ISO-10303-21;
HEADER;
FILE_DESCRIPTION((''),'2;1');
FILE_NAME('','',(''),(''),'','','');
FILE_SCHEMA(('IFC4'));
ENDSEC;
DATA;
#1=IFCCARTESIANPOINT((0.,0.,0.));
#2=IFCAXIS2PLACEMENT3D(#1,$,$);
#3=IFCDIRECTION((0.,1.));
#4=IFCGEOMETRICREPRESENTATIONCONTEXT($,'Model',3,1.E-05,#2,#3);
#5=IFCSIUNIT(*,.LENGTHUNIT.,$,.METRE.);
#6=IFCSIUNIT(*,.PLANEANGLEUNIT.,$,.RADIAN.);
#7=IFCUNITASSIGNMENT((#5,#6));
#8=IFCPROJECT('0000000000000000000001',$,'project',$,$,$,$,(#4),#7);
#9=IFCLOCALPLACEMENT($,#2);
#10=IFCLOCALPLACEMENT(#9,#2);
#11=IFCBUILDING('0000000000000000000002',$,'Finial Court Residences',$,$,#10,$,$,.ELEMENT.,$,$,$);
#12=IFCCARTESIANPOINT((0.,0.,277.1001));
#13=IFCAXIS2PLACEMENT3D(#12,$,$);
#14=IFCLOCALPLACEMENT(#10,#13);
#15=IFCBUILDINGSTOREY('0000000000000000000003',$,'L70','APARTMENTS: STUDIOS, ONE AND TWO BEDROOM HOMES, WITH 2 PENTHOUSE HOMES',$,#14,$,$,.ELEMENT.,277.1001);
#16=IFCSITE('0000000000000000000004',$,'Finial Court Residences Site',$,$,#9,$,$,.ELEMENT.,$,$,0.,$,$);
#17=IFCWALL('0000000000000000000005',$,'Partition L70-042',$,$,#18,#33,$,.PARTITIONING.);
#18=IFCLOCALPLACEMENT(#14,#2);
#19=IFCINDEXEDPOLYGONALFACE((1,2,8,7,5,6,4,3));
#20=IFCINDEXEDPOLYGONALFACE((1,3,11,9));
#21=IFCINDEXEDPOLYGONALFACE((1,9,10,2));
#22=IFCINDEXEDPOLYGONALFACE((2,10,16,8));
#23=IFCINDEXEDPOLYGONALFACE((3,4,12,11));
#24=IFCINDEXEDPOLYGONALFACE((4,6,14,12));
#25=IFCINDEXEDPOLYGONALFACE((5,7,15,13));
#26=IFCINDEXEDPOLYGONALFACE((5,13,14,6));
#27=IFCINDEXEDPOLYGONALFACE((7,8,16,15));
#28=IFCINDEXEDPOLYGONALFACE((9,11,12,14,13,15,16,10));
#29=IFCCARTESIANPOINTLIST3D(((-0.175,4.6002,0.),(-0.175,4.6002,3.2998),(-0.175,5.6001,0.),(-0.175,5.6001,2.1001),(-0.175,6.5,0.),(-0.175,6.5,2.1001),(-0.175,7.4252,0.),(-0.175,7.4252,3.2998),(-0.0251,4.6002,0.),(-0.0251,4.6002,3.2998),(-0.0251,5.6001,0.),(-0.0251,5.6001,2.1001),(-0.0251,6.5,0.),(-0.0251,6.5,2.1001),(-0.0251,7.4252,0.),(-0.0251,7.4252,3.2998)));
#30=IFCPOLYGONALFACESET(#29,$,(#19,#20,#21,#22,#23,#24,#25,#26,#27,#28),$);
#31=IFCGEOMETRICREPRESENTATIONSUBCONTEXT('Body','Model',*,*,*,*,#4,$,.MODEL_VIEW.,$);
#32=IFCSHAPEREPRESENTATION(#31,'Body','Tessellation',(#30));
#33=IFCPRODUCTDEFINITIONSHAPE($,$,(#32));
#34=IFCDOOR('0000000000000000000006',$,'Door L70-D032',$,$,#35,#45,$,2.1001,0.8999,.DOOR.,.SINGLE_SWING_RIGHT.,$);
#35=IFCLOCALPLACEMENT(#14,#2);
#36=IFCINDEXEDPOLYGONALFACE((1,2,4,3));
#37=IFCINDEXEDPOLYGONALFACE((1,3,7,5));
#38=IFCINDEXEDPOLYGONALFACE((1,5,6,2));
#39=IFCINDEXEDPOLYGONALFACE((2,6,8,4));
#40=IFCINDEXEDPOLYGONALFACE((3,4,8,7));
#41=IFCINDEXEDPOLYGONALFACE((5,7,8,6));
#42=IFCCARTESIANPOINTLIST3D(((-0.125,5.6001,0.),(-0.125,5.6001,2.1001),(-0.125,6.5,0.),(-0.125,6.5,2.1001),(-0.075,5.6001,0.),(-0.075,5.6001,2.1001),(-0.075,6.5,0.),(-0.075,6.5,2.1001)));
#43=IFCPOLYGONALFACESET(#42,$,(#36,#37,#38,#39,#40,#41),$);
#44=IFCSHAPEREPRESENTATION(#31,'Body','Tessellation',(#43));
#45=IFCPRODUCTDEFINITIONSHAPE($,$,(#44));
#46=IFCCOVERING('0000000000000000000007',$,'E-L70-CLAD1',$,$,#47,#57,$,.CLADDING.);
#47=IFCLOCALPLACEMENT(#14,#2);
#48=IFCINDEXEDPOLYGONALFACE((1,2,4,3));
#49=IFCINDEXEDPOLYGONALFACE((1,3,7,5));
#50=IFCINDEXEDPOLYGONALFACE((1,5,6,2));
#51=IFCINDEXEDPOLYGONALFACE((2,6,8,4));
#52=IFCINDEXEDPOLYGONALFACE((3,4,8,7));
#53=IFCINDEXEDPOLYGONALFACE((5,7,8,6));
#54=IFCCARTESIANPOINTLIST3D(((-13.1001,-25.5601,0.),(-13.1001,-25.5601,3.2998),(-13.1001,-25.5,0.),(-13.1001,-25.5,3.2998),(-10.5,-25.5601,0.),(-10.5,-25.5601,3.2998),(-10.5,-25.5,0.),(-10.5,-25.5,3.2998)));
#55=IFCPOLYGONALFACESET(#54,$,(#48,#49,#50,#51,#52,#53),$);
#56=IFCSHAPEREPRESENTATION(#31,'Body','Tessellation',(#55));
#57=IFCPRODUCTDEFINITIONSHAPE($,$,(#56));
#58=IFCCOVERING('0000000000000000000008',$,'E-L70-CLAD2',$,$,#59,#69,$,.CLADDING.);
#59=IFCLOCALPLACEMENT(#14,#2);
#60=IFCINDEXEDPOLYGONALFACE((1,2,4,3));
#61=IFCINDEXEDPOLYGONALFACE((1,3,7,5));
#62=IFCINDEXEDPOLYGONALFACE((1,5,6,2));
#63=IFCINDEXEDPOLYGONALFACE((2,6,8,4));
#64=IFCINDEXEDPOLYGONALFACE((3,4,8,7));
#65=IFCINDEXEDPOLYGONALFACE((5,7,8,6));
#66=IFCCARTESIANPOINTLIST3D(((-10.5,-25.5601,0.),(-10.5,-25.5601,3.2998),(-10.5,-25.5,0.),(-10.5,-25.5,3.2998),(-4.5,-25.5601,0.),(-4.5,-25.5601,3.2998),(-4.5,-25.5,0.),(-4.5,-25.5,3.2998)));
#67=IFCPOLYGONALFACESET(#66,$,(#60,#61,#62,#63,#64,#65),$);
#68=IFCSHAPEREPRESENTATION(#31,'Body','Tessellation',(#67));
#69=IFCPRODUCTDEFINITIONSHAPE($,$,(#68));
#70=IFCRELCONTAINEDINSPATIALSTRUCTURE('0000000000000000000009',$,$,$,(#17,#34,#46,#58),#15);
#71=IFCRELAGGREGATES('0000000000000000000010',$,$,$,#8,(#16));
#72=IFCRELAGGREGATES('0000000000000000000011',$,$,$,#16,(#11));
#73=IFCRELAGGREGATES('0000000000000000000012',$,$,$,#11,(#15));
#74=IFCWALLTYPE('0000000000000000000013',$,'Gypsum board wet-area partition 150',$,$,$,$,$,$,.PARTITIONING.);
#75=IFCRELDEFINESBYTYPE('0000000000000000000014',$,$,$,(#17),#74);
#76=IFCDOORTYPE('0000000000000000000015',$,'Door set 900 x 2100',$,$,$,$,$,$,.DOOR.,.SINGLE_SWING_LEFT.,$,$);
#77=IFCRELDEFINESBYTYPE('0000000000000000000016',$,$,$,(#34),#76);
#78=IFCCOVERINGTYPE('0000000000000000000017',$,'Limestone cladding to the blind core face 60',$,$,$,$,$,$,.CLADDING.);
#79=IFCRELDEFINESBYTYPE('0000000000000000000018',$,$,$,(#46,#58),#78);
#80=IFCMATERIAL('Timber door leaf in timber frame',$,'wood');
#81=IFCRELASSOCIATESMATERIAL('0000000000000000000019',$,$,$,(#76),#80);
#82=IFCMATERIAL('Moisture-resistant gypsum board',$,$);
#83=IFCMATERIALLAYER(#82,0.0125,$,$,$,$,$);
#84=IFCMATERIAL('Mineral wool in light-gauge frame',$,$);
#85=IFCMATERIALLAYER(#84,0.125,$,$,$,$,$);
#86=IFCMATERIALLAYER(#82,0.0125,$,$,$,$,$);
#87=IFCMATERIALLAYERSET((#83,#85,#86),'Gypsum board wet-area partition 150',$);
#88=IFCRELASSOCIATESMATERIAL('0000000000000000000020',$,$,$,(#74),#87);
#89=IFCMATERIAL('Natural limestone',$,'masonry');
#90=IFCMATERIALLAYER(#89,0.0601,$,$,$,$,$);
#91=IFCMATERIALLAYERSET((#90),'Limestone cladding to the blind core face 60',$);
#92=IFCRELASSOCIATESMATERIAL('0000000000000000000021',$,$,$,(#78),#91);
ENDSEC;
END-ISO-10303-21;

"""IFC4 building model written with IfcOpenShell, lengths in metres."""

from ifc_helpers import new_model, si_unit, direction, frame, frame_2d, origin, place, context, subcontext, project, spatial, polyline, rectangle, outline, extrude, material, layer, layer_set, type_object, element, fill, save


model = new_model("IFC4")

# Units and contexts
model_context = context("Model", 3, precision=1e-05, world=origin(), true_north=direction((0.0, 1.0)))
body_context = subcontext(model_context, "Body", "Model", "MODEL_VIEW")
ifc_project = project(units=[si_unit("LENGTHUNIT", "METRE"), si_unit("PLANEANGLEUNIT", "RADIAN")], contexts=[model_context])

# Site, building, storey
site_placement = place(None, origin())
site = spatial("IfcSite", under=ifc_project, at=site_placement, Name="Finial Court Residences Site", CompositionType="ELEMENT", RefElevation=0.0)
building_placement = place(site_placement, origin())
building = spatial("IfcBuilding", under=site, at=building_placement, Name="Finial Court Residences", CompositionType="ELEMENT")
storey_placement = place(building_placement, frame((0.0, 0.0, 277.1001)))
storey = spatial("IfcBuildingStorey", under=building, at=storey_placement, Name="L70", Description="APARTMENTS: STUDIOS, ONE AND TWO BEDROOM HOMES, WITH 2 PENTHOUSE HOMES", CompositionType="ELEMENT", Elevation=277.1001)

# Shared definitions
ifc_material_1 = material(Name="Mineral wool in light-gauge frame")
ifc_material_2 = material(Name="Timber door leaf in timber frame", Category="wood")
door_type = type_object("IfcDoorType", Name="Door set 900 x 2100", OperationType="SINGLE_SWING_LEFT", PredefinedType="DOOR", material=ifc_material_2)

# Shared definitions
ifc_material_3 = material(Name="Moisture-resistant gypsum board")
ifc_layer_1 = layer(ifc_material_3, 0.0125)
ifc_layer_2 = layer(ifc_material_1, 0.125)
ifc_layer_3 = layer(ifc_material_3, 0.0125)
ifc_layer_set_1 = layer_set([ifc_layer_1, ifc_layer_2, ifc_layer_3], Name="Gypsum board wet-area partition 150")
wall_type_1 = type_object("IfcWallType", Name="Gypsum board wet-area partition 150", PredefinedType="PARTITIONING", material=ifc_layer_set_1)

# Wall, opening, door
wall_1_placement = place(storey_placement, frame((-0.1001, 4.6001, 0.0), z_axis=(0.0, 0.0, 1.0), x_axis=(0.0, 1.0, 0.0)))
wall_1 = element("IfcWall", 1, at=wall_1_placement, inside=storey, type_object=wall_type_1, Name="Partition L70-042", PredefinedType="PARTITIONING", context=body_context, shape_type="SweptSolid", body=[
    extrude(rectangle(XDim=2.825, YDim=0.1499, at=frame_2d((1.4126, 0.0))), origin(), (0.0, 0.0, 1.0), 3.2998),
])
opening_1_placement = place(wall_1_placement, frame((1.0, 0.0, 0.0)))
opening_1 = element("IfcOpeningElement", 2, at=opening_1_placement, cuts=wall_1, PredefinedType="OPENING", context=body_context, shape_type="SweptSolid", body=[
    extrude(rectangle(XDim=0.8999, YDim=2.1001, at=frame_2d((0.45, 1.05))), frame((0.0, 0.085, 0.0), z_axis=(0.0, -1.0, 0.0), x_axis=(1.0, 0.0, 0.0)), (0.0, 0.0, 1.0), 0.1699),
])
door_1_placement = place(opening_1_placement, origin())
door_1 = element("IfcDoor", 3, at=door_1_placement, inside=storey, type_object=door_type, Name="Door L70-D032", OperationType="SINGLE_SWING_RIGHT", OverallHeight=2.1001, OverallWidth=0.8999, PredefinedType="DOOR", context=body_context, shape_type="SweptSolid", body=[
    extrude(rectangle(XDim=0.8999, YDim=2.1001, at=frame_2d((0.45, 1.05))), frame((0.0, 0.0249, 0.0), z_axis=(0.0, -1.0, 0.0), x_axis=(1.0, 0.0, 0.0)), (0.0, 0.0, 1.0), 0.05),
])
fill(opening_1, door_1)

# Coverings
ifc_material_4 = material(Name="Natural limestone", Category="masonry")
ifc_layer_4 = layer(ifc_material_4, 0.0601)
ifc_layer_set_2 = layer_set([ifc_layer_4], Name="Limestone cladding to the blind core face 60")
covering_type = type_object("IfcCoveringType", Name="Limestone cladding to the blind core face 60", PredefinedType="CLADDING", material=ifc_layer_set_2)
covering_1_placement = place(storey_placement, origin())
element("IfcCovering", 4, at=covering_1_placement, inside=storey, type_object=covering_type, Name="E-L70-CLAD1", PredefinedType="CLADDING", context=body_context, shape_type="SweptSolid", body=[
    extrude(outline(polyline([(-10.5, -25.5601), (-10.5, -25.5), (-13.1001, -25.5), (-13.1001, -25.5601), (-10.5, -25.5601)])), origin(), (0.0, 0.0, 1.0), 3.2998),
])
covering_2_placement = place(storey_placement, origin())
element("IfcCovering", 5, at=covering_2_placement, inside=storey, type_object=covering_type, Name="E-L70-CLAD2", PredefinedType="CLADDING", context=body_context, shape_type="SweptSolid", body=[
    extrude(outline(polyline([(-4.5, -25.5601), (-4.5, -25.5), (-10.5, -25.5), (-10.5, -25.5601), (-4.5, -25.5601)])), origin(), (0.0, 0.0, 1.0), 3.2998),
])

save(model, "model.ifc")
